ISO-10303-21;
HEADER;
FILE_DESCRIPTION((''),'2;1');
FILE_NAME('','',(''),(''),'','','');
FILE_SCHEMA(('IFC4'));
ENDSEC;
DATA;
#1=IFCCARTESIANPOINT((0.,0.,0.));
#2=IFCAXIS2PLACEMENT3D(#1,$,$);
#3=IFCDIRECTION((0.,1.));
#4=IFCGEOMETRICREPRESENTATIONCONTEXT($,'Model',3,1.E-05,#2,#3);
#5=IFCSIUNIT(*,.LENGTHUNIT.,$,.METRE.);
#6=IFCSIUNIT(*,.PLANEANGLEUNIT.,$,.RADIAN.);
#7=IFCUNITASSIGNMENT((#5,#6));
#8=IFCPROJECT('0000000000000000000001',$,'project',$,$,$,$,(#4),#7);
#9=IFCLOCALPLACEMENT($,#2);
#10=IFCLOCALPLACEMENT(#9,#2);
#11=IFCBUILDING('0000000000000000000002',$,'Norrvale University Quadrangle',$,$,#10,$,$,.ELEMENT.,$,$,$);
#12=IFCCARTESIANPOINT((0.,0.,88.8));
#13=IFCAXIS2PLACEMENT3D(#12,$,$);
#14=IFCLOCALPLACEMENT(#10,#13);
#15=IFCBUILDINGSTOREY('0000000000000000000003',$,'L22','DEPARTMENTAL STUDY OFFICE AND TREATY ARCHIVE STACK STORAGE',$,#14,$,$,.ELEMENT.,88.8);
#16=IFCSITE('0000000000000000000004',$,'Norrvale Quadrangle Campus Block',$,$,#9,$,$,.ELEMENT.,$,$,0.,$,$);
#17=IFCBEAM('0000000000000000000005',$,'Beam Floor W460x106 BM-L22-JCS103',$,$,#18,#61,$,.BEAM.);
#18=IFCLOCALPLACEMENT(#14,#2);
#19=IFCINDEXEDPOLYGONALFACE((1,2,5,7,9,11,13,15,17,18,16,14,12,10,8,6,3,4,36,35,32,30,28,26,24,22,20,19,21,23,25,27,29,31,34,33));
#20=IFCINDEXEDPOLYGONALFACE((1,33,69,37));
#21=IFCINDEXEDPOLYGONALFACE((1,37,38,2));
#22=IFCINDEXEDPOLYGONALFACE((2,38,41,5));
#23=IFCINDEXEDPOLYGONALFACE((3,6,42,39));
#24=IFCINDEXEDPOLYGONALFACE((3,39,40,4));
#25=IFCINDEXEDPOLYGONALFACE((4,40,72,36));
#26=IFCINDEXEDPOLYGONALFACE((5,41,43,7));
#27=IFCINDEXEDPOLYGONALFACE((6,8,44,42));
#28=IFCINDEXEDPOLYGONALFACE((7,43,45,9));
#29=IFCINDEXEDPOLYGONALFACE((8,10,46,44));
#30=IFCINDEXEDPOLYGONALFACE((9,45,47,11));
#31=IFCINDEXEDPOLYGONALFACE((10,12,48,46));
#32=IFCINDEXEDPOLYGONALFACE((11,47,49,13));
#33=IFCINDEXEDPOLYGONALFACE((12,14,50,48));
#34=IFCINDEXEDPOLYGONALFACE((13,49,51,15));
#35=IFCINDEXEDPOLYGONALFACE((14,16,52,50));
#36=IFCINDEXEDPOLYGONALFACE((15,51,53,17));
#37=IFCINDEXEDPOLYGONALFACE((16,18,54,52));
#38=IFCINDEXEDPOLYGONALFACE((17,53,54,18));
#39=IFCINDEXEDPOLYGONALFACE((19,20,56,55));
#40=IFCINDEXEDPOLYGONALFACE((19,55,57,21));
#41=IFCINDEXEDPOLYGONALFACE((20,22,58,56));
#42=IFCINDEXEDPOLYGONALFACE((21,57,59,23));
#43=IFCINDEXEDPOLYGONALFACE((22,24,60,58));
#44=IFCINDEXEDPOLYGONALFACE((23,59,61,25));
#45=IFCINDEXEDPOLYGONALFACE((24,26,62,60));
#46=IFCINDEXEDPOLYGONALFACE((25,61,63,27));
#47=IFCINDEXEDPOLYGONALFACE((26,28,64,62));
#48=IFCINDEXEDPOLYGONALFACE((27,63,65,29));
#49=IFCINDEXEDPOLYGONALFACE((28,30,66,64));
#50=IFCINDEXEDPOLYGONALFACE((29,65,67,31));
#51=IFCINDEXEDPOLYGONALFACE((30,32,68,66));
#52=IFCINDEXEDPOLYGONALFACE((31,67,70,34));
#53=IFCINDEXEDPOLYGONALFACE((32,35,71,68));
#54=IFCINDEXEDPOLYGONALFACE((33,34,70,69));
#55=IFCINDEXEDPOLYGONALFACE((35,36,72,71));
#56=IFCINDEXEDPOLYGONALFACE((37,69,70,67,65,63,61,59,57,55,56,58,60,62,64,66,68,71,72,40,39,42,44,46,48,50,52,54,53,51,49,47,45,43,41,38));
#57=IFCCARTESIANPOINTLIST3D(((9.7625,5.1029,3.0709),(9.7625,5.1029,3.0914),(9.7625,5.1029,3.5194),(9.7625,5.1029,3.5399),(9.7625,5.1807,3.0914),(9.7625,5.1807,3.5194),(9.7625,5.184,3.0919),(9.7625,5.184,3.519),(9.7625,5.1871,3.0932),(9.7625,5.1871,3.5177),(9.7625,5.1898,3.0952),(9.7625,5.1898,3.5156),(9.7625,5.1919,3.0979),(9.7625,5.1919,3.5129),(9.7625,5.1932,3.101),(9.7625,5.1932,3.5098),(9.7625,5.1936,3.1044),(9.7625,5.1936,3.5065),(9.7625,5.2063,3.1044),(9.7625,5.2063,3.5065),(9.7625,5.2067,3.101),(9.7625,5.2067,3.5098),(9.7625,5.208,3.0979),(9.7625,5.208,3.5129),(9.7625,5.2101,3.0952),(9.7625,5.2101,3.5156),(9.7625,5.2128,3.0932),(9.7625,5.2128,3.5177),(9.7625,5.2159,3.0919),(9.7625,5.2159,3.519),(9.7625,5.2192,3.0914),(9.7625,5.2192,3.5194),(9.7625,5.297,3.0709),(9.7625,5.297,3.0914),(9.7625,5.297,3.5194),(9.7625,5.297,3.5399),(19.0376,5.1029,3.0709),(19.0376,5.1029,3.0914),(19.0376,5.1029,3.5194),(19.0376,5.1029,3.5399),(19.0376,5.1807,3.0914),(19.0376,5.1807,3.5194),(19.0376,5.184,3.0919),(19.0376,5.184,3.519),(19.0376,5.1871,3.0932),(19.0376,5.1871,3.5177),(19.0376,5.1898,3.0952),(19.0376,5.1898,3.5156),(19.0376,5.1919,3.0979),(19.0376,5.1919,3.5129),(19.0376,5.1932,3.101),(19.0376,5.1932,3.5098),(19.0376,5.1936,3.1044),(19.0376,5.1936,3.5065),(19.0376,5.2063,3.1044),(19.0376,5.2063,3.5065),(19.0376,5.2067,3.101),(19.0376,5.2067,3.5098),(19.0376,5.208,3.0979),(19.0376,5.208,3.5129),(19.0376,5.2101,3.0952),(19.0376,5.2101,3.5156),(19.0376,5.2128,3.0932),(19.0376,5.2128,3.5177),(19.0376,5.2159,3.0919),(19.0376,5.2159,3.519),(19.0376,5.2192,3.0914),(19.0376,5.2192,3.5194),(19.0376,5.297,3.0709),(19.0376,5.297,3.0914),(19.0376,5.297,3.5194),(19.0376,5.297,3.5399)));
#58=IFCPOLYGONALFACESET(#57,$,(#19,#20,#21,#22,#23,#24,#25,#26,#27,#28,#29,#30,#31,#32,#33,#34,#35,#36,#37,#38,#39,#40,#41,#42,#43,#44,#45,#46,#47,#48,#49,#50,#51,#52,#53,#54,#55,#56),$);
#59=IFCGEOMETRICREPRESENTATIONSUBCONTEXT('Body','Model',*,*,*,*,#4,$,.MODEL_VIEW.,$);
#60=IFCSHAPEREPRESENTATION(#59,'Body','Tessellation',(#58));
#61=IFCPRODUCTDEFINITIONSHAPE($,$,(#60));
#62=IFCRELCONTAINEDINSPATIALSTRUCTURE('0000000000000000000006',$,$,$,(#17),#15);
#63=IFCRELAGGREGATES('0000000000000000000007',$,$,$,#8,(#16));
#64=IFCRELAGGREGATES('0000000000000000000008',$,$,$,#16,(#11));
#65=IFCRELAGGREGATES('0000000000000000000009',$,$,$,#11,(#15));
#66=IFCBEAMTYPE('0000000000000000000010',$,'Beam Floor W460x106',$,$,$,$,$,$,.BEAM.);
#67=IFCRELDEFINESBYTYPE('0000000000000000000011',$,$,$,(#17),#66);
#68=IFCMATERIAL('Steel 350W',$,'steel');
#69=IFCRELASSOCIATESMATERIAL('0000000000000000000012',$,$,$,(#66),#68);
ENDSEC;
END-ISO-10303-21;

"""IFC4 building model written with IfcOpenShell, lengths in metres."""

from ifc_helpers import new_model, si_unit, direction, frame, origin, origin_2d, place, context, subcontext, project, spatial, i_section, extrude, material, material_profile, profile_set, type_object, element, save


model = new_model("IFC4")

# Units and contexts
model_context = context("Model", 3, precision=1e-05, world=origin(), true_north=direction((0.0, 1.0)))
body_context = subcontext(model_context, "Body", "Model", "MODEL_VIEW")
ifc_project = project(units=[si_unit("LENGTHUNIT", "METRE"), si_unit("PLANEANGLEUNIT", "RADIAN")], contexts=[model_context])

# Site, building, storey
site_placement = place(None, origin())
site = spatial("IfcSite", under=ifc_project, at=site_placement, Name="Norrvale Quadrangle Campus Block", CompositionType="ELEMENT", RefElevation=0.0)
building_placement = place(site_placement, origin())
building = spatial("IfcBuilding", under=site, at=building_placement, Name="Norrvale University Quadrangle", CompositionType="ELEMENT")
storey_placement = place(building_placement, frame((0.0, 0.0, 88.8)))
storey = spatial("IfcBuildingStorey", under=building, at=storey_placement, Name="L22", Description="DEPARTMENTAL STUDY OFFICE AND TREATY ARCHIVE STACK STORAGE", CompositionType="ELEMENT", Elevation=88.8)

# Beam
ifc_material_1 = material(Name="Steel 350W", Category="steel")
ifc_material_profile_1 = material_profile(ifc_material_1, i_section(OverallWidth=0.1941, OverallDepth=0.469, WebThickness=0.0127, FlangeThickness=0.0205, FilletRadius=0.0129, at=origin_2d()), Name="Steel 350W")
ifc_profile_set_1 = profile_set([ifc_material_profile_1], Name="Steel 350W")
beam_type_1 = type_object("IfcBeamType", Name="Beam Floor W460x106", PredefinedType="BEAM", material=ifc_profile_set_1)
beam_1_placement = place(storey_placement, frame((9.7625, 5.2, 3.3054), z_axis=(1.0, 0.0, 0.0), x_axis=(0.0, 1.0, 0.0)))
element("IfcBeam", 1, at=beam_1_placement, inside=storey, type_object=beam_type_1, Name="Beam Floor W460x106 BM-L22-JCS103", PredefinedType="BEAM", context=body_context, shape_type="SweptSolid", body=[
    extrude(i_section(OverallWidth=0.1941, OverallDepth=0.469, WebThickness=0.0127, FlangeThickness=0.0205, FilletRadius=0.0129, at=origin_2d()), origin(), (0.0, 0.0, 1.0), 9.2751),
])

save(model, "model.ifc")
